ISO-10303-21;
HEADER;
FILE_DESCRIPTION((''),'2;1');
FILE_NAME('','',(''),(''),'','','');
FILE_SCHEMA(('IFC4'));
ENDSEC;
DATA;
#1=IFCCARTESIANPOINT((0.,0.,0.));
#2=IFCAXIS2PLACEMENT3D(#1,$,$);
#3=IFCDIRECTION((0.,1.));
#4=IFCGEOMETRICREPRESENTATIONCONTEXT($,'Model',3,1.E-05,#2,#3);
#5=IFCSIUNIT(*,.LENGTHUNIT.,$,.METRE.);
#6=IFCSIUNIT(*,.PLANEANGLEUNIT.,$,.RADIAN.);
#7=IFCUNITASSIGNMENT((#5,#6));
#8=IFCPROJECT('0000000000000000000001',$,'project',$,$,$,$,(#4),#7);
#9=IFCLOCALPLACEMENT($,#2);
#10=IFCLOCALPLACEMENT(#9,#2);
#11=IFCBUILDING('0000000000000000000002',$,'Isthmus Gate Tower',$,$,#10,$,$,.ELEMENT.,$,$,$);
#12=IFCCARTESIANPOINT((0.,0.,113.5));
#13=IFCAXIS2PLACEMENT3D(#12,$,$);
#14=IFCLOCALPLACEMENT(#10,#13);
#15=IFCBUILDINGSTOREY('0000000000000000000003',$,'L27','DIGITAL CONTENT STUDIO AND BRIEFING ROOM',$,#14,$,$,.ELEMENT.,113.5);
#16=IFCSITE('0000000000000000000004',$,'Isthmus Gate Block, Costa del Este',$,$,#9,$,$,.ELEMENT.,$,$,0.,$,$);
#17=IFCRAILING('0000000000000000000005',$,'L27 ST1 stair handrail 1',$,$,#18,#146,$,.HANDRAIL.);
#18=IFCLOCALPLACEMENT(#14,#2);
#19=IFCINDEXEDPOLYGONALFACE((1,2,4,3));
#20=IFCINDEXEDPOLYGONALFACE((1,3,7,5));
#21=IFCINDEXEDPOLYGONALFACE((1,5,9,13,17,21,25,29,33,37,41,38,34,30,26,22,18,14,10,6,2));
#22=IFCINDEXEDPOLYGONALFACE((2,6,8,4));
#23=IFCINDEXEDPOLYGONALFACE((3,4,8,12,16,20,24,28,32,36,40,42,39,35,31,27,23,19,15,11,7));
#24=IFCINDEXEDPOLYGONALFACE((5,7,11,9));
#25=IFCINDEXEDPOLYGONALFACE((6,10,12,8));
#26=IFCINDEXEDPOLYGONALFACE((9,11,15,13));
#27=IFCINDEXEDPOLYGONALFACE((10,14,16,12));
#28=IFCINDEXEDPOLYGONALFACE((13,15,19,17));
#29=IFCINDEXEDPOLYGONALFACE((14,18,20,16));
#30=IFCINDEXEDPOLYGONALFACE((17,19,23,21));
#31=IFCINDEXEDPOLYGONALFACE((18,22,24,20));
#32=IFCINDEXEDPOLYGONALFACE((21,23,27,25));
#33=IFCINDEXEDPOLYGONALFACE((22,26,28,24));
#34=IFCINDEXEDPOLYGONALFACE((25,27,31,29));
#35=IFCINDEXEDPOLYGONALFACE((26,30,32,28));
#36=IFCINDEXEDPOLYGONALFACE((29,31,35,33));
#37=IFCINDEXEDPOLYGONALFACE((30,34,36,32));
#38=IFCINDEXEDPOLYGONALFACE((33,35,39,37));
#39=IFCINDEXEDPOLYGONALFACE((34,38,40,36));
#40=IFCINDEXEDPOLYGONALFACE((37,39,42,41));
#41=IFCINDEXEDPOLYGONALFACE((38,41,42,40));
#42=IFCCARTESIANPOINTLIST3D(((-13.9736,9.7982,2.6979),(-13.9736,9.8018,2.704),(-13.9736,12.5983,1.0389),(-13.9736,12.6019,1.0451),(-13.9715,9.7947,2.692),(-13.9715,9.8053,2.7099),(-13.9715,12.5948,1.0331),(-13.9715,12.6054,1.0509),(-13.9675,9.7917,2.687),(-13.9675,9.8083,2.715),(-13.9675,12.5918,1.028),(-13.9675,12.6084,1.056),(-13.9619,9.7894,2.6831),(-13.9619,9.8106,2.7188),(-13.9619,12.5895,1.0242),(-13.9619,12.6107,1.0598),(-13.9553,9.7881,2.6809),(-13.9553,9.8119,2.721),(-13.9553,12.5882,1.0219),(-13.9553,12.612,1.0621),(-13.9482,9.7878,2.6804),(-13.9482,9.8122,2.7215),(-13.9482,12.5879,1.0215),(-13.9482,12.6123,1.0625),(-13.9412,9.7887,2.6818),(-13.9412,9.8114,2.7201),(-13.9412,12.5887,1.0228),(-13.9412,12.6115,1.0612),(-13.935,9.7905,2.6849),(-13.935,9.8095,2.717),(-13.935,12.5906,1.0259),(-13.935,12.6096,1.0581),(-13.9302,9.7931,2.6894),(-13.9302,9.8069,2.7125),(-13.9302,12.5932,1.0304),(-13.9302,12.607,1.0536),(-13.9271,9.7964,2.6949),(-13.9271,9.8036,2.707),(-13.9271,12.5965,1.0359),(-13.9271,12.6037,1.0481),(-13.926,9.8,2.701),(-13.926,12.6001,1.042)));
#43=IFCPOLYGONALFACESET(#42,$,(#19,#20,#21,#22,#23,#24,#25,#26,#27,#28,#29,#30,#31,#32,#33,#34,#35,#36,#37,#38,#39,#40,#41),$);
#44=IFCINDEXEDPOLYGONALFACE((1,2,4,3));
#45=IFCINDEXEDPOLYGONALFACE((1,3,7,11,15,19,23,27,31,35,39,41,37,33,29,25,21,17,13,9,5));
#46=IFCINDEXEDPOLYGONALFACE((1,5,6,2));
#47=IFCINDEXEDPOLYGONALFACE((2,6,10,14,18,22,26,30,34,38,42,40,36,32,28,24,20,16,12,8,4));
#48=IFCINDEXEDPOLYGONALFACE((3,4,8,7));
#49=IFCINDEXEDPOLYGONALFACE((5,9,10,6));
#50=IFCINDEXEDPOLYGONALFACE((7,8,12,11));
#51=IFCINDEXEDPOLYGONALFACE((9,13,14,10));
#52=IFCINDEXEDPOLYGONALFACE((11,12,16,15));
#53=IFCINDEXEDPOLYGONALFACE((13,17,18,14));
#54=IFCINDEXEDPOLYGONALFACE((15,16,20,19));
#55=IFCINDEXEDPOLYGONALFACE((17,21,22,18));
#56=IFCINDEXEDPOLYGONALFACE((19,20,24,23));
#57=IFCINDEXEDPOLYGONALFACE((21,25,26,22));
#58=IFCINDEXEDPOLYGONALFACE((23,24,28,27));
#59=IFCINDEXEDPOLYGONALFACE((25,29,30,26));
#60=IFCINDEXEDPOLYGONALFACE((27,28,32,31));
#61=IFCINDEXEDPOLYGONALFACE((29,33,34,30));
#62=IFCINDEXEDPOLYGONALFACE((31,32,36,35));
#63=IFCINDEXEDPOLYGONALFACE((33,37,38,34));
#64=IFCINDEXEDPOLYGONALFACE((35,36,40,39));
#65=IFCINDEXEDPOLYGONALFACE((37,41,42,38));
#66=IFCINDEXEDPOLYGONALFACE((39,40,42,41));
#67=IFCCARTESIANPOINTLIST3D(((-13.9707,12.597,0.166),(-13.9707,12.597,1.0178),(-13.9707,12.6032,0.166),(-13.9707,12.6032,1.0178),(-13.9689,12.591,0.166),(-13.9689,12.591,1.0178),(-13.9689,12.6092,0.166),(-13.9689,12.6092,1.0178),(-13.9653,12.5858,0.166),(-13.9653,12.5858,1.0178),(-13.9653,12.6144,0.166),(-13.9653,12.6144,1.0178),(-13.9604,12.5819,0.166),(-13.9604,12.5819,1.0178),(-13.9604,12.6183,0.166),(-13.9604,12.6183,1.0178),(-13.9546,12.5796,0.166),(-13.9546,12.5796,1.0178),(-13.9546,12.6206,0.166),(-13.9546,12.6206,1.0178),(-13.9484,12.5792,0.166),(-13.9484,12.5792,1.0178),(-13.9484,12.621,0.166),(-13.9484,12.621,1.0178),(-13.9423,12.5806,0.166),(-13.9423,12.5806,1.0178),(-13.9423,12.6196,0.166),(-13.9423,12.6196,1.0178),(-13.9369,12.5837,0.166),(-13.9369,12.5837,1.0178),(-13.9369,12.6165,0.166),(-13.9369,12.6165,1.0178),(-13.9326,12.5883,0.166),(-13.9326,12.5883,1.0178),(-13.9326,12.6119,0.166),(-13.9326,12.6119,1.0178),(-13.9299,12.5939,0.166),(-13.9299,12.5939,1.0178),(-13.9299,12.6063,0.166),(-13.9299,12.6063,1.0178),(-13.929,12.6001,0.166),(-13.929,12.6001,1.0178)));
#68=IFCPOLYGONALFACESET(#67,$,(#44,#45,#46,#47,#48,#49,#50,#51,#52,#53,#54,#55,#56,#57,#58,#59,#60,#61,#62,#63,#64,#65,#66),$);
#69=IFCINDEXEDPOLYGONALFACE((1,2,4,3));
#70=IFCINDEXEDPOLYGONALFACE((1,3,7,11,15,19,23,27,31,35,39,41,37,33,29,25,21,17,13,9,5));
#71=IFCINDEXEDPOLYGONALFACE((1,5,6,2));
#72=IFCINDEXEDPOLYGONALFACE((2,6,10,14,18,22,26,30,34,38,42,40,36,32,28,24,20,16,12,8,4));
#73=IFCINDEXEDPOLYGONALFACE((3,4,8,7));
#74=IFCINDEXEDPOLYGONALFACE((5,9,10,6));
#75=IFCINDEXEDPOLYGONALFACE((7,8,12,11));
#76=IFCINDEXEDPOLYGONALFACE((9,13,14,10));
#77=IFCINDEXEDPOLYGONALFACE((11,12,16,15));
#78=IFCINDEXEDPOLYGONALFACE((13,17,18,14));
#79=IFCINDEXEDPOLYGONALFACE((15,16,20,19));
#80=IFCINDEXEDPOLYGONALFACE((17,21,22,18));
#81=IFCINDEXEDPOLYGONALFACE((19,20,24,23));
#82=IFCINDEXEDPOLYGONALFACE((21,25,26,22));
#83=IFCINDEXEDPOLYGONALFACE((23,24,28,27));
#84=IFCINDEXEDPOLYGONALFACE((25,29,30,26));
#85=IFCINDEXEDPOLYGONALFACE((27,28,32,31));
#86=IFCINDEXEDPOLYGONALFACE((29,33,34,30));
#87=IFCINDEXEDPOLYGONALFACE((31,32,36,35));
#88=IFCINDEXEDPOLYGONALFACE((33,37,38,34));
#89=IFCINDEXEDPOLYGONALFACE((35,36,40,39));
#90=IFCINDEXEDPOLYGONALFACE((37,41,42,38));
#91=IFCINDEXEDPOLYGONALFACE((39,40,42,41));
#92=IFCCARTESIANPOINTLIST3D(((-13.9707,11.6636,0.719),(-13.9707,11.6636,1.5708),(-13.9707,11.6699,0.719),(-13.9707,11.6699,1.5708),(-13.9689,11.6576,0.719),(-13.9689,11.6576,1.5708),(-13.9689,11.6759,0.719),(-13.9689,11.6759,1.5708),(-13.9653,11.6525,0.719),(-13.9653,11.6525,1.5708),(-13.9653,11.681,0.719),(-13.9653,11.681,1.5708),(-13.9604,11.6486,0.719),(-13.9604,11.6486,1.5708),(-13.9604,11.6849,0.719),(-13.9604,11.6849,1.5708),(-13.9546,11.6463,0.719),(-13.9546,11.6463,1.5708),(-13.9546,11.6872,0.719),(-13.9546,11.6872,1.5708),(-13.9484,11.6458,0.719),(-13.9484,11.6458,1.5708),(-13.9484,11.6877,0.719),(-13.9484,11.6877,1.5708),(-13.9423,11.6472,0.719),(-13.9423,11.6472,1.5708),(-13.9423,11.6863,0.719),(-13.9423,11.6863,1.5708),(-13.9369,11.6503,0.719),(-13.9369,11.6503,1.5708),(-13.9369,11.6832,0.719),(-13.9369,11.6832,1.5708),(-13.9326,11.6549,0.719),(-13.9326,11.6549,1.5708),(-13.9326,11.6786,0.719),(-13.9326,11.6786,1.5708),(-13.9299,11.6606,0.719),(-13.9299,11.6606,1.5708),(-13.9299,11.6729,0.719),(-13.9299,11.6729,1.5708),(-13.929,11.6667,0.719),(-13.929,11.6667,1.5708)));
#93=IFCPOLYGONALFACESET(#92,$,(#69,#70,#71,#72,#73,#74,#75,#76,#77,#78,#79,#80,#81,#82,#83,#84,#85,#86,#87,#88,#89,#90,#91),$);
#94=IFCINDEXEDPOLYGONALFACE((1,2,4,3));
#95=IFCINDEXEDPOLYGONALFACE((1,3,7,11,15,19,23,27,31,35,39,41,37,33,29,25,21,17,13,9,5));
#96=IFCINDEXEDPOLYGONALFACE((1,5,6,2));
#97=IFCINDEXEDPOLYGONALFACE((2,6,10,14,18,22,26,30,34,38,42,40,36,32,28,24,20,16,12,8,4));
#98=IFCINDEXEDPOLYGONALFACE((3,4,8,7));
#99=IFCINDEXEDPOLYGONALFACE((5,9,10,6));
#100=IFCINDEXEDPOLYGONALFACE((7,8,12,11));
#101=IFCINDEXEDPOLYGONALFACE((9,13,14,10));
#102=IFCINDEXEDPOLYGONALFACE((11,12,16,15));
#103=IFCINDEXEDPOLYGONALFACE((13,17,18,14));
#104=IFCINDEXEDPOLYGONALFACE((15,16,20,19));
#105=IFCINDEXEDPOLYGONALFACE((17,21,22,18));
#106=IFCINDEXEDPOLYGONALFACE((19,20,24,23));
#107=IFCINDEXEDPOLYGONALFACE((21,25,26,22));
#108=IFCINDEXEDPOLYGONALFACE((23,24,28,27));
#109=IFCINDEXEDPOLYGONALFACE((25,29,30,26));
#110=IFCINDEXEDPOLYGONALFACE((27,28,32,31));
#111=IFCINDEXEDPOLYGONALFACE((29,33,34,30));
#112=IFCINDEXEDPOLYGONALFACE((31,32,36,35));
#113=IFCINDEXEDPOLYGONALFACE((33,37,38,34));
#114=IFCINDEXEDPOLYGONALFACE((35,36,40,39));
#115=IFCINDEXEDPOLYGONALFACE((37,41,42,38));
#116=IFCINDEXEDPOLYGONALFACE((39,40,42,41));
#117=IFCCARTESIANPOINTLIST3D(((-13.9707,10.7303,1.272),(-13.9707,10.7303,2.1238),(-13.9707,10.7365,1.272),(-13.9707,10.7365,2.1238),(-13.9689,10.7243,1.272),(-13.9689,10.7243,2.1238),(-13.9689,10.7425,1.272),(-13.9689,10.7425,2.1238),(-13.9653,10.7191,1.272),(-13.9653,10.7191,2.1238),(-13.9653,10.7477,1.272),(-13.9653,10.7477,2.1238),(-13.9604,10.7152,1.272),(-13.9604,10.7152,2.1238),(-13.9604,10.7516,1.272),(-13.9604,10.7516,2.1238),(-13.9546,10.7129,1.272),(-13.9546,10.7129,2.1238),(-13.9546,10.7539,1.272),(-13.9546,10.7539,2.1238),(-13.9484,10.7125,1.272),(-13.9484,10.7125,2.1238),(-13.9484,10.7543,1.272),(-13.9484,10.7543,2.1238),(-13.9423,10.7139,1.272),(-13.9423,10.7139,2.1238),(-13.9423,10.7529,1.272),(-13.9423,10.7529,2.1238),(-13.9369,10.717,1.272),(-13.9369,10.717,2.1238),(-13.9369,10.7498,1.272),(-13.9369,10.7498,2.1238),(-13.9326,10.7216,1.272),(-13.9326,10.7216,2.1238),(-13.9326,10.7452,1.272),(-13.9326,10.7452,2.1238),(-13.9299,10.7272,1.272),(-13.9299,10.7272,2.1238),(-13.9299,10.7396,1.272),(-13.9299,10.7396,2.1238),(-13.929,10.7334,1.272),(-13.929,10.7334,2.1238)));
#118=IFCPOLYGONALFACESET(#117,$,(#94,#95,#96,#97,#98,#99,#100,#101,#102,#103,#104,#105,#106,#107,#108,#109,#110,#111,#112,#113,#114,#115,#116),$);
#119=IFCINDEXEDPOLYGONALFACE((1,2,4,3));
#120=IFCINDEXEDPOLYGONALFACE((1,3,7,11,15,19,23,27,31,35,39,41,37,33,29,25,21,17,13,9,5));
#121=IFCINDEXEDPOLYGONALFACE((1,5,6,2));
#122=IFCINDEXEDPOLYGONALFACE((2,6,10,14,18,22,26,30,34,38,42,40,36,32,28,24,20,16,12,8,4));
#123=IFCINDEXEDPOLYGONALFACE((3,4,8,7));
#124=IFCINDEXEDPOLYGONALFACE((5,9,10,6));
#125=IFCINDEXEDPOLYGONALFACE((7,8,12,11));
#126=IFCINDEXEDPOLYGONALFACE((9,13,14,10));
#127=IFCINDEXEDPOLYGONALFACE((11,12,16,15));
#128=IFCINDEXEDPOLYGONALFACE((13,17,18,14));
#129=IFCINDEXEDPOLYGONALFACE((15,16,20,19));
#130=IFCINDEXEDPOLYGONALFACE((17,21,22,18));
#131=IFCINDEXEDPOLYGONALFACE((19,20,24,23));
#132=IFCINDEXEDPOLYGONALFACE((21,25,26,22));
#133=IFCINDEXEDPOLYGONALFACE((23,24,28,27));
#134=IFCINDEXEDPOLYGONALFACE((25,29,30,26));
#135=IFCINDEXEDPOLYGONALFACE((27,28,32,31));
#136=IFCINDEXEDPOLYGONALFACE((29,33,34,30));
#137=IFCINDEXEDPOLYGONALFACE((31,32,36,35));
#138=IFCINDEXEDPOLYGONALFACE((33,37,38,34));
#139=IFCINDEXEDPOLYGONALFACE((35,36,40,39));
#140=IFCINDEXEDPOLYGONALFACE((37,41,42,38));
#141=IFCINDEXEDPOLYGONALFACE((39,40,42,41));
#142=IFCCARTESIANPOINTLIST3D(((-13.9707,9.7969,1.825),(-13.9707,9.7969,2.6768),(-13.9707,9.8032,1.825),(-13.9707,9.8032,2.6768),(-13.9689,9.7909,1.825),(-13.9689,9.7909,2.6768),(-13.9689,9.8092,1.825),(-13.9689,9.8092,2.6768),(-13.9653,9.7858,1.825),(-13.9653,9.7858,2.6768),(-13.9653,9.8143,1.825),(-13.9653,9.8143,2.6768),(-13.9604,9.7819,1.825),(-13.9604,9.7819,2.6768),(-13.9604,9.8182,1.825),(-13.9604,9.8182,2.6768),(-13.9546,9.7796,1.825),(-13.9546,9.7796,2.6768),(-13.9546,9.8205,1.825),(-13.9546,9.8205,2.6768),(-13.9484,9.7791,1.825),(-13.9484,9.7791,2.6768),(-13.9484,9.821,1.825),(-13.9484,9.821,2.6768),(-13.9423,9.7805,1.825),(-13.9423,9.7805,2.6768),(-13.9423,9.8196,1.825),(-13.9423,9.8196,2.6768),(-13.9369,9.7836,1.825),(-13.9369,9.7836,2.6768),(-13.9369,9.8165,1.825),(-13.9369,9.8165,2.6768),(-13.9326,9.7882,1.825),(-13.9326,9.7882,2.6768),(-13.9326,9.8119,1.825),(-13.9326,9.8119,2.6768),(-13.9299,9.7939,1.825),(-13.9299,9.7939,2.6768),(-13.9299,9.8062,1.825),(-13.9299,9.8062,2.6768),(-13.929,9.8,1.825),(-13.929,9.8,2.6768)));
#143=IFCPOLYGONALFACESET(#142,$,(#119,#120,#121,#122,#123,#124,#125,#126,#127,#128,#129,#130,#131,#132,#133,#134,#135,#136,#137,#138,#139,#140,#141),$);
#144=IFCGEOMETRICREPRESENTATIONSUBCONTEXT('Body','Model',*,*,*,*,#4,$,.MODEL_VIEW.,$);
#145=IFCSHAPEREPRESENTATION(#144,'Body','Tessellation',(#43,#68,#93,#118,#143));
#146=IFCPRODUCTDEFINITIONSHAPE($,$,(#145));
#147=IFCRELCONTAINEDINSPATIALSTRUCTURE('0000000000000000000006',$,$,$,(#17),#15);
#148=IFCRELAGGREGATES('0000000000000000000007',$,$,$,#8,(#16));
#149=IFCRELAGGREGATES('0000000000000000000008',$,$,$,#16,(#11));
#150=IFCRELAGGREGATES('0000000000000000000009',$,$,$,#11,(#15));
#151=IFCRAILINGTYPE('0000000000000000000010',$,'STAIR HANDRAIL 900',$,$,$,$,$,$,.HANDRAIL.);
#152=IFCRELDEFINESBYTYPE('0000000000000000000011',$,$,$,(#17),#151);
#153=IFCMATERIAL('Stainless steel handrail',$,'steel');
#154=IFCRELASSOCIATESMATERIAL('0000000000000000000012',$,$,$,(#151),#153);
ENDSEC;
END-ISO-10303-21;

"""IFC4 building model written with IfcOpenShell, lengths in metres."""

from ifc_helpers import new_model, si_unit, direction, frame, origin, origin_2d, place, context, subcontext, project, spatial, circle, extrude, material, type_object, element, save


model = new_model("IFC4")

# Units and contexts
model_context = context("Model", 3, precision=1e-05, world=origin(), true_north=direction((0.0, 1.0)))
body_context = subcontext(model_context, "Body", "Model", "MODEL_VIEW")
ifc_project = project(units=[si_unit("LENGTHUNIT", "METRE"), si_unit("PLANEANGLEUNIT", "RADIAN")], contexts=[model_context])

# Site, building, storey
site_placement = place(None, origin())
site = spatial("IfcSite", under=ifc_project, at=site_placement, Name="Isthmus Gate Block, Costa del Este", CompositionType="ELEMENT", RefElevation=0.0)
building_placement = place(site_placement, origin())
building = spatial("IfcBuilding", under=site, at=building_placement, Name="Isthmus Gate Tower", CompositionType="ELEMENT")
storey_placement = place(building_placement, frame((0.0, 0.0, 113.5)))
storey = spatial("IfcBuildingStorey", under=building, at=storey_placement, Name="L27", Description="DIGITAL CONTENT STUDIO AND BRIEFING ROOM", CompositionType="ELEMENT", Elevation=113.5)

# Railing
ifc_material_1 = material(Name="Stainless steel handrail", Category="steel")
railing_type_1 = type_object("IfcRailingType", Name="STAIR HANDRAIL 900", PredefinedType="HANDRAIL", material=ifc_material_1)
railing_1_placement = place(storey_placement, frame((-13.95, 12.6001, 0.166)))
element("IfcRailing", 1, at=railing_1_placement, inside=storey, type_object=railing_type_1, Name="L27 ST1 stair handrail 1", PredefinedType="HANDRAIL", context=body_context, shape_type="SweptSolid", body=[
    extrude(circle(Radius=0.0239, at=origin_2d()), frame((0.0, 0.0, 0.876), z_axis=(0.0, -0.860339, 0.509722), x_axis=(1.0, 0.0, 0.0)), (0.0, 0.0, 1.0), 3.2546),
    extrude(circle(Radius=0.021, at=origin_2d()), origin(), (0.0, 0.0, 1.0), 0.8518),
    extrude(circle(Radius=0.021, at=origin_2d()), frame((0.0, -0.9333, 0.553)), (0.0, 0.0, 1.0), 0.8518),
    extrude(circle(Radius=0.021, at=origin_2d()), frame((0.0, -1.8667, 1.106)), (0.0, 0.0, 1.0), 0.8518),
    extrude(circle(Radius=0.021, at=origin_2d()), frame((0.0, -2.8, 1.6589)), (0.0, 0.0, 1.0), 0.8518),
])

save(model, "model.ifc")
